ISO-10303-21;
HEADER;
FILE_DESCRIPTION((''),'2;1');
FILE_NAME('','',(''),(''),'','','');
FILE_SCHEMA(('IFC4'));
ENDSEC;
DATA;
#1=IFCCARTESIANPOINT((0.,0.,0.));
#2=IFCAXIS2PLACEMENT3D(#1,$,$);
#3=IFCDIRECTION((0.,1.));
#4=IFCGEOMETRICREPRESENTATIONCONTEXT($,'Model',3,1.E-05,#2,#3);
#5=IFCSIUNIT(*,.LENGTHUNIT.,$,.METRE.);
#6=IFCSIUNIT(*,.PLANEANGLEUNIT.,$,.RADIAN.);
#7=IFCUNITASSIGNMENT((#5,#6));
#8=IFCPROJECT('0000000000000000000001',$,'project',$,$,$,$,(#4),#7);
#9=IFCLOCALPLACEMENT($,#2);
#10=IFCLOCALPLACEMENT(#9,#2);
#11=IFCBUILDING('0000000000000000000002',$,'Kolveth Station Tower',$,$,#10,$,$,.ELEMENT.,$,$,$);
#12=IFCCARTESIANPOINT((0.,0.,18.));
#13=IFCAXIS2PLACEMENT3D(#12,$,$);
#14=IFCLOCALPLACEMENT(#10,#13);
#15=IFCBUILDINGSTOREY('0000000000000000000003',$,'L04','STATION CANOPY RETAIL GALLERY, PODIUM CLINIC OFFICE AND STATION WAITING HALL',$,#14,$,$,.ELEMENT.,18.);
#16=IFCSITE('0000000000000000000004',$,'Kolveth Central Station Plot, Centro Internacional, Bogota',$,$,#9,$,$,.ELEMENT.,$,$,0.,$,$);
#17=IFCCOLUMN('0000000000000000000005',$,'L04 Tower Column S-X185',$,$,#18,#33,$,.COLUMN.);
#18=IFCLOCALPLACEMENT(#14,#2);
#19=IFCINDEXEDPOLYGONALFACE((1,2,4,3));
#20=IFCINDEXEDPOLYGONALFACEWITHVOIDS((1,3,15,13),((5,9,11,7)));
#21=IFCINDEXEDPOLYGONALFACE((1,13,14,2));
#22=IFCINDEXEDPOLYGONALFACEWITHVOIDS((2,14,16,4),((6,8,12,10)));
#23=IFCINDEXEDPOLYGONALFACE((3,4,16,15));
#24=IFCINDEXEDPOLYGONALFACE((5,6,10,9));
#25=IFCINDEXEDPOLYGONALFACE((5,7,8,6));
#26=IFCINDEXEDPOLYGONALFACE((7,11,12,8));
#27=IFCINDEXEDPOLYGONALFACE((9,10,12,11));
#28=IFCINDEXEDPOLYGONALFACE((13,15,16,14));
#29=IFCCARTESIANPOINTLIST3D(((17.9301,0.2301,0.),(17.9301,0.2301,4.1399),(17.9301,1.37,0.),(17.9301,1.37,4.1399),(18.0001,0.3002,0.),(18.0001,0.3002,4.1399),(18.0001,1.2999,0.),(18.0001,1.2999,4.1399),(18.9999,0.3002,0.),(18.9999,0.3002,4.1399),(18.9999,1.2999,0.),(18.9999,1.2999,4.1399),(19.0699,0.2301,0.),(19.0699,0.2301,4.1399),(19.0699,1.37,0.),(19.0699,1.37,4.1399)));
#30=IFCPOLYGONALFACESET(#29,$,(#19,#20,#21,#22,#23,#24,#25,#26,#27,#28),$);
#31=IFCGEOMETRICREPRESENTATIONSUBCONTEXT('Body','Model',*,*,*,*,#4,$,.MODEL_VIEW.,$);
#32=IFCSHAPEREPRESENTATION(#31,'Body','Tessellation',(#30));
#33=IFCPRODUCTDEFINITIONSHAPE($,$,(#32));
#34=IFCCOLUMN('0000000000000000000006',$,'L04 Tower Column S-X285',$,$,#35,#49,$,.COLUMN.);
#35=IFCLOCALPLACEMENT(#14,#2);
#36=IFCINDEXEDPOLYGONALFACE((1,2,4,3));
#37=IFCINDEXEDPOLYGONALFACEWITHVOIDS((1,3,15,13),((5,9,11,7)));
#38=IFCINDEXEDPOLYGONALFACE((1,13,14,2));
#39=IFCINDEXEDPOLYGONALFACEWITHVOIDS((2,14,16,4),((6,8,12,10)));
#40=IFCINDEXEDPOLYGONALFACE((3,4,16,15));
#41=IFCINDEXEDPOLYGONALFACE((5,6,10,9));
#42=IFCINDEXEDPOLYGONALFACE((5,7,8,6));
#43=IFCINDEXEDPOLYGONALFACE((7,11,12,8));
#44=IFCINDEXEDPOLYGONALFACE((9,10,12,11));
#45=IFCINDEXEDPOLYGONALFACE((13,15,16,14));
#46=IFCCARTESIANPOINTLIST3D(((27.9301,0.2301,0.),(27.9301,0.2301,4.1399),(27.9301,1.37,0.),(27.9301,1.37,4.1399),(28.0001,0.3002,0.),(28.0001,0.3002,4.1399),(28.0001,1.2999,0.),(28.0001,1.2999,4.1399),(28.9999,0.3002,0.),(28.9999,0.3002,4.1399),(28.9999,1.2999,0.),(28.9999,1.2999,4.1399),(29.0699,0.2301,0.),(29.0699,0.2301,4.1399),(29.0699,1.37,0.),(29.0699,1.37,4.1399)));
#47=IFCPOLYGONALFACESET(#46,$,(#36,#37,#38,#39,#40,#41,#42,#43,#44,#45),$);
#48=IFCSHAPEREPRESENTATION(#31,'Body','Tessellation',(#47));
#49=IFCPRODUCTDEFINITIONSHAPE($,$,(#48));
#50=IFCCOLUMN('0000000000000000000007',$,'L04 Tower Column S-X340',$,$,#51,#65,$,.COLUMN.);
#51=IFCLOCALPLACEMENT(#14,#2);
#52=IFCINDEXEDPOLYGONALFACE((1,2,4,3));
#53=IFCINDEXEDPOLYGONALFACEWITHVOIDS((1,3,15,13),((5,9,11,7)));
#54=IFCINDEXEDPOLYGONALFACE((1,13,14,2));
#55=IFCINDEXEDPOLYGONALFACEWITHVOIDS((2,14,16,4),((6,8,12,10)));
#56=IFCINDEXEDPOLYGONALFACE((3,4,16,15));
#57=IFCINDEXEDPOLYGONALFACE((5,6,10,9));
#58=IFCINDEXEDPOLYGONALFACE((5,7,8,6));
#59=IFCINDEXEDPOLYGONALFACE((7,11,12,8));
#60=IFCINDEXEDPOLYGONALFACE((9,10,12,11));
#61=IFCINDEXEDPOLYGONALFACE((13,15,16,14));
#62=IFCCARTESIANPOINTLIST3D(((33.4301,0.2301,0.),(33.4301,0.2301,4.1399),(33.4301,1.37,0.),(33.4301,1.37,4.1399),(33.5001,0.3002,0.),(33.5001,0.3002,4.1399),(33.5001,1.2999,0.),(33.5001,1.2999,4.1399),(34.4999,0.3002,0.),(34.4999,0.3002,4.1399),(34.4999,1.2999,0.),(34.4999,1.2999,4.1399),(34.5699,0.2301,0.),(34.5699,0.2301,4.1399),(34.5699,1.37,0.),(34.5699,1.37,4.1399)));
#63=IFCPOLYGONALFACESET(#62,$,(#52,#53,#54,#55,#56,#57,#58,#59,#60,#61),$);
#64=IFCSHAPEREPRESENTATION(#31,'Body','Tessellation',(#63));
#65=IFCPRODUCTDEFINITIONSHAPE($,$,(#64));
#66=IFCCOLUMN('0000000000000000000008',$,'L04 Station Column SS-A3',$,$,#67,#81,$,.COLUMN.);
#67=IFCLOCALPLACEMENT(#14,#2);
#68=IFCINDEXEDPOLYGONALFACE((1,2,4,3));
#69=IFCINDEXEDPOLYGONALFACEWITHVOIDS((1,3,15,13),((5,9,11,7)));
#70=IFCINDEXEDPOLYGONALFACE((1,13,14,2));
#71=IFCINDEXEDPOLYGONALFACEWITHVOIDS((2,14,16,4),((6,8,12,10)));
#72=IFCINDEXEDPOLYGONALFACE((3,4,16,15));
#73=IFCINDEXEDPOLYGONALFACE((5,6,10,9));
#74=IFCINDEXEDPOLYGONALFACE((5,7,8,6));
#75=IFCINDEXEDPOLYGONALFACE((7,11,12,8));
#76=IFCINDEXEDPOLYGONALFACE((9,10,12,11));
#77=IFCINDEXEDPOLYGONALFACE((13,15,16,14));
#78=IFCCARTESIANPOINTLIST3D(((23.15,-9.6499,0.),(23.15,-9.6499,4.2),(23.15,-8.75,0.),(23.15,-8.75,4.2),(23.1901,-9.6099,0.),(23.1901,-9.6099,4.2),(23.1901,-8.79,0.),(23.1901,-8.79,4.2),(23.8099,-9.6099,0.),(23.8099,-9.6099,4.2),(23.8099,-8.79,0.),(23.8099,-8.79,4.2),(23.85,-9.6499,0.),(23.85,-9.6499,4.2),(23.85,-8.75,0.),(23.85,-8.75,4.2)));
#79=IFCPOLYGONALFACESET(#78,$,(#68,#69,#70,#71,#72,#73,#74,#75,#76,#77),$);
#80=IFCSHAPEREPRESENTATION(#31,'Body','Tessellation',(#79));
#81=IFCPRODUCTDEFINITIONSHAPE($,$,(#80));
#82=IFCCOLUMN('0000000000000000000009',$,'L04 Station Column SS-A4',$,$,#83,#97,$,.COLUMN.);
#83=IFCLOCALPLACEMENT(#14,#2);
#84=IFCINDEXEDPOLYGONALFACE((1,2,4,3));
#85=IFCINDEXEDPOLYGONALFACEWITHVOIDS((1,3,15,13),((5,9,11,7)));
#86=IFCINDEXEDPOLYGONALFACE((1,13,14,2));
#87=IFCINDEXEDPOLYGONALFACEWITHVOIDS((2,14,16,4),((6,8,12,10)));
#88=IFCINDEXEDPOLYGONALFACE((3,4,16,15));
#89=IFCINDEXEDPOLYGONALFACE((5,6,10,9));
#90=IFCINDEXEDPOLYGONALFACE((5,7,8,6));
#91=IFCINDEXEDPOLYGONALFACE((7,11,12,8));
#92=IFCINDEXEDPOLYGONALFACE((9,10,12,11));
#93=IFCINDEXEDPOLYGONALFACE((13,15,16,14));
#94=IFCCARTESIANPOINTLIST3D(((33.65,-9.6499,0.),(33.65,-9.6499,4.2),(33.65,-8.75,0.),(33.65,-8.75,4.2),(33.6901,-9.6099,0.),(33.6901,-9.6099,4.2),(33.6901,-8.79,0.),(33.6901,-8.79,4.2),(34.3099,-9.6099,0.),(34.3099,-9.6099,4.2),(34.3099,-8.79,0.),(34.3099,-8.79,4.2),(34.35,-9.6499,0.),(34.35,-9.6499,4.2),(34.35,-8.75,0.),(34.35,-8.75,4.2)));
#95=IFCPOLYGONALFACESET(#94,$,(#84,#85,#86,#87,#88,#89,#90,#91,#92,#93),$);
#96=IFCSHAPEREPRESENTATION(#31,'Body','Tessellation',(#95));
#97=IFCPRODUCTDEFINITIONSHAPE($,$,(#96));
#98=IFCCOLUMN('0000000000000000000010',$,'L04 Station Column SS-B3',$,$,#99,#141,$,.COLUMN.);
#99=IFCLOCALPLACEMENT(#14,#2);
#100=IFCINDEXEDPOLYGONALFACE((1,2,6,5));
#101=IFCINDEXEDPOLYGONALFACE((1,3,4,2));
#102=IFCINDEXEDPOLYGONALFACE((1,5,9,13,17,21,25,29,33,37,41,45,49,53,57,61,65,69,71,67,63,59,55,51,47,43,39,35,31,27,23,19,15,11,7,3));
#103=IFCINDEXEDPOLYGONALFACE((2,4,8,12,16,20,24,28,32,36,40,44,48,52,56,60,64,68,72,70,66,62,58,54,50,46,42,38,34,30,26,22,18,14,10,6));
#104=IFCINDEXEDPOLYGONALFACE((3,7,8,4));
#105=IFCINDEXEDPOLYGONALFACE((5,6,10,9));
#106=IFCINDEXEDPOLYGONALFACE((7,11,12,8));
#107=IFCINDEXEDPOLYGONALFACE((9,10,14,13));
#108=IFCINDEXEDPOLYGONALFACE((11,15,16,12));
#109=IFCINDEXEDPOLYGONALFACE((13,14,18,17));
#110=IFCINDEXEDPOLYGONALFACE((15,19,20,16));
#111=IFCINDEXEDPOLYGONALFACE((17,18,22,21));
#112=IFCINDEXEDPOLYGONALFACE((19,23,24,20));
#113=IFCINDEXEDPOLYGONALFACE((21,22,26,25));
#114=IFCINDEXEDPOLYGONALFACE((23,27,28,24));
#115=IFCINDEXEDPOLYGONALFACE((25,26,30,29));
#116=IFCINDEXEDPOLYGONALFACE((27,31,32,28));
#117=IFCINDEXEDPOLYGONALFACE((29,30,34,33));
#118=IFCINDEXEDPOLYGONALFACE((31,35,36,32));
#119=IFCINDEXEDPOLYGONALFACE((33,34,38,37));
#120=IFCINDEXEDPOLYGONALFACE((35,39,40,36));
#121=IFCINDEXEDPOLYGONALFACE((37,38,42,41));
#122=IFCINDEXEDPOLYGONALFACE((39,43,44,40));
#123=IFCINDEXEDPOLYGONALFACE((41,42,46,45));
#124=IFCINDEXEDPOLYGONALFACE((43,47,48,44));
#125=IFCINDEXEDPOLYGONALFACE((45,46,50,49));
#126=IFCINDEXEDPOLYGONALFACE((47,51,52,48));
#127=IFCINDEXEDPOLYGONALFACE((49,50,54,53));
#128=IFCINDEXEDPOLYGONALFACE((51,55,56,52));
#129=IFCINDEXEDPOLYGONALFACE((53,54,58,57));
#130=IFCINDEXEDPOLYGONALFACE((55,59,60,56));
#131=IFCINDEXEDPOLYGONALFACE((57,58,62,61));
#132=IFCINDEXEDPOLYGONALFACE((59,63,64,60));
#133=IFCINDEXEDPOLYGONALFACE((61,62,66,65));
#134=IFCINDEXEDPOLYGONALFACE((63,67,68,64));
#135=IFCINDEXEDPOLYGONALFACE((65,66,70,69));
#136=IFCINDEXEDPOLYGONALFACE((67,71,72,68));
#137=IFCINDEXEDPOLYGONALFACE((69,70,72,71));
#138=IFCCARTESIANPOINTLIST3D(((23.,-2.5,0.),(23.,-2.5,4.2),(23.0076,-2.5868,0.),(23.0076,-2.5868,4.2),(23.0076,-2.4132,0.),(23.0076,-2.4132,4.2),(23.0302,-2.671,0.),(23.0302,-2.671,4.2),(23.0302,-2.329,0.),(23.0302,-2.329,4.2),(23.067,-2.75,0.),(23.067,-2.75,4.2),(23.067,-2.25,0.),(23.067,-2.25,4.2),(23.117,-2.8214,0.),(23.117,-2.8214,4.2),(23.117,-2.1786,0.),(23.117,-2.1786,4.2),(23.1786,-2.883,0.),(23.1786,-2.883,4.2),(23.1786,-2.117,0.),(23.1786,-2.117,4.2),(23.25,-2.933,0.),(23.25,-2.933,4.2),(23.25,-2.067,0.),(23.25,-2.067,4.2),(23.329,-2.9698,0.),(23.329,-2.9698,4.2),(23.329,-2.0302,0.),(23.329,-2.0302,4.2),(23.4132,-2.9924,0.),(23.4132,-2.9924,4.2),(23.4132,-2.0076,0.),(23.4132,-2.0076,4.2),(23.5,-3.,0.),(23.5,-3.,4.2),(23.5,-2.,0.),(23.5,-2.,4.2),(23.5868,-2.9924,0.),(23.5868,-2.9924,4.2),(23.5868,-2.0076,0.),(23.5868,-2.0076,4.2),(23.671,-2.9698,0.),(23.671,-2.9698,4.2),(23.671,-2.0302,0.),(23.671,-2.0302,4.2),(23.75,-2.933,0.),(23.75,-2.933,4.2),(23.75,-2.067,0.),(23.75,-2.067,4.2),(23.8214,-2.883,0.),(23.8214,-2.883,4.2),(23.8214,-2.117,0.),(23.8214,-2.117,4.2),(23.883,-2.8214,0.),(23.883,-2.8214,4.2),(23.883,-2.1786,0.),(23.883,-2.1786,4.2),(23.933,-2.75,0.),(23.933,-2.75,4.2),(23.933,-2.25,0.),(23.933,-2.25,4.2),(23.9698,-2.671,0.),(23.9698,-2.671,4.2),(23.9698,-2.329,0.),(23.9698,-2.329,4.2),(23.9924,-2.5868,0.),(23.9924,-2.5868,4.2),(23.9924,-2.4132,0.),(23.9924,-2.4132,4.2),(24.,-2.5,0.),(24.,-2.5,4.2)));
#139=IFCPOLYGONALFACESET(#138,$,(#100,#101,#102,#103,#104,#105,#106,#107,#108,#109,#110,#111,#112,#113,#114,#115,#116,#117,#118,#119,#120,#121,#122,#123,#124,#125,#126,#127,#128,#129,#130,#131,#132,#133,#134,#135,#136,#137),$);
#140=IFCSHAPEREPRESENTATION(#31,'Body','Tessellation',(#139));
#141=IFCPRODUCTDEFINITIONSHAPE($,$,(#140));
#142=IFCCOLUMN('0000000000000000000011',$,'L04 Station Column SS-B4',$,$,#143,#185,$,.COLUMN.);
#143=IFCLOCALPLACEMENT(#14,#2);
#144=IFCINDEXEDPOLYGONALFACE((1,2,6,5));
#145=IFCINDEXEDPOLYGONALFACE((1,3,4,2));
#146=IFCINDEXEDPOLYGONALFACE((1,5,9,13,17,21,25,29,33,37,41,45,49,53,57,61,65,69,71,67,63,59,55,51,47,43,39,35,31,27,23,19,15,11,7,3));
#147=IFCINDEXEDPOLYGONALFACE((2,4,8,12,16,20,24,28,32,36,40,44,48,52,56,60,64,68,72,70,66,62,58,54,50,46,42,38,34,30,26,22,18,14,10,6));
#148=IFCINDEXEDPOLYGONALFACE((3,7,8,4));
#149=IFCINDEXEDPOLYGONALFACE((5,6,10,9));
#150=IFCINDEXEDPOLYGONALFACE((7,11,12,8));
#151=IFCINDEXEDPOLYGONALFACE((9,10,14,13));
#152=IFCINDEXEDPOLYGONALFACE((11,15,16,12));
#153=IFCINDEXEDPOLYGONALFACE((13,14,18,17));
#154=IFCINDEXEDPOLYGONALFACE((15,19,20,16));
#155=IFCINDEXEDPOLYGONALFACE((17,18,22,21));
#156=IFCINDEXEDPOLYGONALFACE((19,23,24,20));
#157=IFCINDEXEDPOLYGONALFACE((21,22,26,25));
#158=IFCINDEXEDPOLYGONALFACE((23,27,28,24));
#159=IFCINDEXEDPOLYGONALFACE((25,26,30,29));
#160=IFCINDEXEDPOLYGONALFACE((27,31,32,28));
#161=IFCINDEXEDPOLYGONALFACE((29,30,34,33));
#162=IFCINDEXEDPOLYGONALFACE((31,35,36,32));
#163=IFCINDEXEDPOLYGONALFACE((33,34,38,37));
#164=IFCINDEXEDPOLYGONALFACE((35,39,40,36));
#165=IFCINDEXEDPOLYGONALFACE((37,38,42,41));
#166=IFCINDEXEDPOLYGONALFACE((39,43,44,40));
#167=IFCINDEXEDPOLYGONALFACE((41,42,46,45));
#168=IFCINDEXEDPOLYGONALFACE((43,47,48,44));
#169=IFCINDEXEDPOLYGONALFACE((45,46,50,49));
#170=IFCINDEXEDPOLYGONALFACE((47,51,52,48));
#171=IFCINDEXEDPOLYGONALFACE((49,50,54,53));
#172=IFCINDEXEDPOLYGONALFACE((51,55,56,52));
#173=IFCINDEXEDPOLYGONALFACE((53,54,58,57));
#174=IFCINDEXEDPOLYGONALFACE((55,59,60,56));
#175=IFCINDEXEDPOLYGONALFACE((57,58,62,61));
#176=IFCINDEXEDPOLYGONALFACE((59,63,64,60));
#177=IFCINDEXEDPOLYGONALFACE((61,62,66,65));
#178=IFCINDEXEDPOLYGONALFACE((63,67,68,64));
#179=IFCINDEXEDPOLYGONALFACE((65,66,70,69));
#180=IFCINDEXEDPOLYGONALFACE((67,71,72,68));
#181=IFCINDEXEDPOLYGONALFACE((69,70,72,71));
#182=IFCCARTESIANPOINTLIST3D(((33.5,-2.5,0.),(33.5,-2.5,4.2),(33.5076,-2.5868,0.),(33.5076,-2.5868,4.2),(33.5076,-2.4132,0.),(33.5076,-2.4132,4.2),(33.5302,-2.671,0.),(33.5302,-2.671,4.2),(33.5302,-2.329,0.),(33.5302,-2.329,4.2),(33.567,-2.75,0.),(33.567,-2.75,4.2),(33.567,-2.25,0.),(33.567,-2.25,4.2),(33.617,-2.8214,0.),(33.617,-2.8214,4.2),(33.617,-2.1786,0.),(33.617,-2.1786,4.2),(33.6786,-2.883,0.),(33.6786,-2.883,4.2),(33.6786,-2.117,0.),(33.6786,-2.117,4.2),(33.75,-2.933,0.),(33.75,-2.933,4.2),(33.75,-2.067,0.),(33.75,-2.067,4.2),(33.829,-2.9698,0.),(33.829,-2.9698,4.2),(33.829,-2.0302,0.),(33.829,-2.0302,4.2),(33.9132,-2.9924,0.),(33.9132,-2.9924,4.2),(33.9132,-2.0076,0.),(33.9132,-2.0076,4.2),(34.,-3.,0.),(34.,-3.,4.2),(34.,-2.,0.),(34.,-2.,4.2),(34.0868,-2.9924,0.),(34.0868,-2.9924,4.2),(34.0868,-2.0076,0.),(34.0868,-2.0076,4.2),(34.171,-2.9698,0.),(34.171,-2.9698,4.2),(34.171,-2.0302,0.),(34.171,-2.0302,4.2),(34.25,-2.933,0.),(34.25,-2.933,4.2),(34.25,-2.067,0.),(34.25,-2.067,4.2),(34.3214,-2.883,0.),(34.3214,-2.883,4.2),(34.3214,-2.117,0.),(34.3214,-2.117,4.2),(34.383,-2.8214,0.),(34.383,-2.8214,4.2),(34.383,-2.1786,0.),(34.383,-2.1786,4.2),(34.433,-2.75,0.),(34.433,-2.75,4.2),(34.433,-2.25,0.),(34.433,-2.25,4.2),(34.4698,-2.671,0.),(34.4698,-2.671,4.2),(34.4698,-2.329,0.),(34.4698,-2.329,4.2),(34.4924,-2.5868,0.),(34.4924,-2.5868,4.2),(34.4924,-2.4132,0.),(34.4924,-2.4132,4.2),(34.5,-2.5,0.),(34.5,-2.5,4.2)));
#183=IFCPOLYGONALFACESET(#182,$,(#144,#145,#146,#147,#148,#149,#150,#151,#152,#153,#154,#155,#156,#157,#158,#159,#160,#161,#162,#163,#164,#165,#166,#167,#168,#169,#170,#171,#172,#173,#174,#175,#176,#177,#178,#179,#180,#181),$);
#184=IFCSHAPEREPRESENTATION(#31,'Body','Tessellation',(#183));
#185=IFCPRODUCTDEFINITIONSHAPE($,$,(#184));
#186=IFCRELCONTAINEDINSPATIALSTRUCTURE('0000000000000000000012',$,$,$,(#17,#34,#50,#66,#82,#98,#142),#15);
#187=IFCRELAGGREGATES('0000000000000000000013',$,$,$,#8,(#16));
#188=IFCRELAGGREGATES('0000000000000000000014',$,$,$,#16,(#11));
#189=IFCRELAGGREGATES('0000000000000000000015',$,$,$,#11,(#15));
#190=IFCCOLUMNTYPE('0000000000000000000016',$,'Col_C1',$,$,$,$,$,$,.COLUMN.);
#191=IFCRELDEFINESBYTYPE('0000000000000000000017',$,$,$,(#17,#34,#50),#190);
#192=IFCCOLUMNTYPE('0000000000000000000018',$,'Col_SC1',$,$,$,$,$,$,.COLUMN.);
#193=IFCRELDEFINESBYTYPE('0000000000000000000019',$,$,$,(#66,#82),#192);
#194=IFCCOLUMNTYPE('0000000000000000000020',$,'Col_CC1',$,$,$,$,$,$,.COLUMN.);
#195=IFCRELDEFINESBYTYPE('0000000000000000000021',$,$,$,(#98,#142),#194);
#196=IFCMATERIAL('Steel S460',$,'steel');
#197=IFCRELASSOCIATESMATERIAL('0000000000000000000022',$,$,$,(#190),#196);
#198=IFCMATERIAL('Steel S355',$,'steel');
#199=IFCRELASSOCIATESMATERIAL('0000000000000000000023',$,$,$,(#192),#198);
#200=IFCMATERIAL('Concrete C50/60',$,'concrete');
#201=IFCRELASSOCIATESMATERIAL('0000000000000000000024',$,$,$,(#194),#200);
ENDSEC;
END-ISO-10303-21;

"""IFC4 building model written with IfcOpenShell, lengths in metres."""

from ifc_helpers import new_model, si_unit, direction, frame, origin, origin_2d, place, context, subcontext, project, spatial, hollow_rectangle, circle, extrude, source, transform, mapped, material, material_profile, profile_set, type_object, element, save


model = new_model("IFC4")

# Units and contexts
model_context = context("Model", 3, precision=1e-05, world=origin(), true_north=direction((0.0, 1.0)))
body_context = subcontext(model_context, "Body", "Model", "MODEL_VIEW")
ifc_project = project(units=[si_unit("LENGTHUNIT", "METRE"), si_unit("PLANEANGLEUNIT", "RADIAN")], contexts=[model_context])

# Site, building, storey
site_placement = place(None, origin())
site = spatial("IfcSite", under=ifc_project, at=site_placement, Name="Kolveth Central Station Plot, Centro Internacional, Bogota", CompositionType="ELEMENT", RefElevation=0.0)
building_placement = place(site_placement, origin())
building = spatial("IfcBuilding", under=site, at=building_placement, Name="Kolveth Station Tower", CompositionType="ELEMENT")
storey_placement = place(building_placement, frame((0.0, 0.0, 18.0)))
storey = spatial("IfcBuildingStorey", under=building, at=storey_placement, Name="L04", Description="STATION CANOPY RETAIL GALLERY, PODIUM CLINIC OFFICE AND STATION WAITING HALL", CompositionType="ELEMENT", Elevation=18.0)

# Columns
ifc_material_1 = material(Name="Steel S460", Category="steel")
ifc_material_profile_1 = material_profile(ifc_material_1, hollow_rectangle(XDim=1.1399, YDim=1.1399, WallThickness=0.0701, at=origin_2d()), Name="BOX1140x1140x70")
ifc_profile_set_1 = profile_set([ifc_material_profile_1], Name="Steel S460")
column_type_1 = type_object("IfcColumnType", Name="Col_C1", PredefinedType="COLUMN", material=ifc_profile_set_1)
shared_shape_1 = source(origin(), body_context, "Body", "SweptSolid", [
    extrude(hollow_rectangle(XDim=1.1399, YDim=1.1399, WallThickness=0.0701, at=origin_2d()), origin(), (0.0, 0.0, 1.0), 4.1399),
])
for number, where, z_axis, x_axis, name in (
    (1, (18.5, 0.8, 0.0), (0.0, 0.0, 1.0), (1.0, 0.0, 0.0), "L04 Tower Column S-X185"),
    (2, (28.5, 0.8, 0.0), (0.0, 0.0, 1.0), (1.0, 0.0, 0.0), "L04 Tower Column S-X285"),
    (3, (34.0, 0.8, 0.0), (0.0, 0.0, 1.0), (1.0, 0.0, 0.0), "L04 Tower Column S-X340"),
):
    element("IfcColumn", number, at=place(storey_placement, frame(where, z_axis=z_axis, x_axis=x_axis)), inside=storey, type_object=column_type_1, Name=name, PredefinedType="COLUMN", context=body_context, shape_type="MappedRepresentation", body=[
        mapped(shared_shape_1, transform((0.0, 0.0, 0.0), x_axis=(1.0, 0.0, 0.0), y_axis=(0.0, 1.0, 0.0), z_axis=(0.0, 0.0, 1.0), scale=1.0)),
    ])
ifc_material_2 = material(Name="Steel S355", Category="steel")
ifc_material_profile_2 = material_profile(ifc_material_2, hollow_rectangle(XDim=0.7, YDim=0.8999, WallThickness=0.04, at=origin_2d()), Name="BOX900x700x40")
ifc_profile_set_2 = profile_set([ifc_material_profile_2], Name="Steel S355")
column_type_2 = type_object("IfcColumnType", Name="Col_SC1", PredefinedType="COLUMN", material=ifc_profile_set_2)
shared_shape_2 = source(origin(), body_context, "Body", "SweptSolid", [
    extrude(hollow_rectangle(XDim=0.7, YDim=0.8999, WallThickness=0.04, at=origin_2d()), origin(), (0.0, 0.0, 1.0), 4.2),
])
for number, where, z_axis, x_axis, name in (
    (4, (23.5, -9.2, 0.0), (0.0, 0.0, 1.0), (1.0, 0.0, 0.0), "L04 Station Column SS-A3"),
    (5, (34.0, -9.2, 0.0), (0.0, 0.0, 1.0), (1.0, 0.0, 0.0), "L04 Station Column SS-A4"),
):
    element("IfcColumn", number, at=place(storey_placement, frame(where, z_axis=z_axis, x_axis=x_axis)), inside=storey, type_object=column_type_2, Name=name, PredefinedType="COLUMN", context=body_context, shape_type="MappedRepresentation", body=[
        mapped(shared_shape_2, transform((0.0, 0.0, 0.0), x_axis=(1.0, 0.0, 0.0), y_axis=(0.0, 1.0, 0.0), z_axis=(0.0, 0.0, 1.0), scale=1.0)),
    ])
ifc_material_3 = material(Name="Concrete C50/60", Category="concrete")
ifc_material_profile_3 = material_profile(ifc_material_3, circle(Radius=0.5, at=origin_2d()), Name="RC-D1000")
ifc_profile_set_3 = profile_set([ifc_material_profile_3], Name="Concrete C50/60")
column_type_3 = type_object("IfcColumnType", Name="Col_CC1", PredefinedType="COLUMN", material=ifc_profile_set_3)
shared_shape_3 = source(origin(), body_context, "Body", "SweptSolid", [
    extrude(circle(Radius=0.5, at=origin_2d()), origin(), (0.0, 0.0, 1.0), 4.2),
])
for number, where, z_axis, x_axis, name in (
    (6, (23.5, -2.5, 0.0), (0.0, 0.0, 1.0), (1.0, 0.0, 0.0), "L04 Station Column SS-B3"),
    (7, (34.0, -2.5, 0.0), (0.0, 0.0, 1.0), (1.0, 0.0, 0.0), "L04 Station Column SS-B4"),
):
    element("IfcColumn", number, at=place(storey_placement, frame(where, z_axis=z_axis, x_axis=x_axis)), inside=storey, type_object=column_type_3, Name=name, PredefinedType="COLUMN", context=body_context, shape_type="MappedRepresentation", body=[
        mapped(shared_shape_3, transform((0.0, 0.0, 0.0), x_axis=(1.0, 0.0, 0.0), y_axis=(0.0, 1.0, 0.0), z_axis=(0.0, 0.0, 1.0), scale=1.0)),
    ])

save(model, "model.ifc")
